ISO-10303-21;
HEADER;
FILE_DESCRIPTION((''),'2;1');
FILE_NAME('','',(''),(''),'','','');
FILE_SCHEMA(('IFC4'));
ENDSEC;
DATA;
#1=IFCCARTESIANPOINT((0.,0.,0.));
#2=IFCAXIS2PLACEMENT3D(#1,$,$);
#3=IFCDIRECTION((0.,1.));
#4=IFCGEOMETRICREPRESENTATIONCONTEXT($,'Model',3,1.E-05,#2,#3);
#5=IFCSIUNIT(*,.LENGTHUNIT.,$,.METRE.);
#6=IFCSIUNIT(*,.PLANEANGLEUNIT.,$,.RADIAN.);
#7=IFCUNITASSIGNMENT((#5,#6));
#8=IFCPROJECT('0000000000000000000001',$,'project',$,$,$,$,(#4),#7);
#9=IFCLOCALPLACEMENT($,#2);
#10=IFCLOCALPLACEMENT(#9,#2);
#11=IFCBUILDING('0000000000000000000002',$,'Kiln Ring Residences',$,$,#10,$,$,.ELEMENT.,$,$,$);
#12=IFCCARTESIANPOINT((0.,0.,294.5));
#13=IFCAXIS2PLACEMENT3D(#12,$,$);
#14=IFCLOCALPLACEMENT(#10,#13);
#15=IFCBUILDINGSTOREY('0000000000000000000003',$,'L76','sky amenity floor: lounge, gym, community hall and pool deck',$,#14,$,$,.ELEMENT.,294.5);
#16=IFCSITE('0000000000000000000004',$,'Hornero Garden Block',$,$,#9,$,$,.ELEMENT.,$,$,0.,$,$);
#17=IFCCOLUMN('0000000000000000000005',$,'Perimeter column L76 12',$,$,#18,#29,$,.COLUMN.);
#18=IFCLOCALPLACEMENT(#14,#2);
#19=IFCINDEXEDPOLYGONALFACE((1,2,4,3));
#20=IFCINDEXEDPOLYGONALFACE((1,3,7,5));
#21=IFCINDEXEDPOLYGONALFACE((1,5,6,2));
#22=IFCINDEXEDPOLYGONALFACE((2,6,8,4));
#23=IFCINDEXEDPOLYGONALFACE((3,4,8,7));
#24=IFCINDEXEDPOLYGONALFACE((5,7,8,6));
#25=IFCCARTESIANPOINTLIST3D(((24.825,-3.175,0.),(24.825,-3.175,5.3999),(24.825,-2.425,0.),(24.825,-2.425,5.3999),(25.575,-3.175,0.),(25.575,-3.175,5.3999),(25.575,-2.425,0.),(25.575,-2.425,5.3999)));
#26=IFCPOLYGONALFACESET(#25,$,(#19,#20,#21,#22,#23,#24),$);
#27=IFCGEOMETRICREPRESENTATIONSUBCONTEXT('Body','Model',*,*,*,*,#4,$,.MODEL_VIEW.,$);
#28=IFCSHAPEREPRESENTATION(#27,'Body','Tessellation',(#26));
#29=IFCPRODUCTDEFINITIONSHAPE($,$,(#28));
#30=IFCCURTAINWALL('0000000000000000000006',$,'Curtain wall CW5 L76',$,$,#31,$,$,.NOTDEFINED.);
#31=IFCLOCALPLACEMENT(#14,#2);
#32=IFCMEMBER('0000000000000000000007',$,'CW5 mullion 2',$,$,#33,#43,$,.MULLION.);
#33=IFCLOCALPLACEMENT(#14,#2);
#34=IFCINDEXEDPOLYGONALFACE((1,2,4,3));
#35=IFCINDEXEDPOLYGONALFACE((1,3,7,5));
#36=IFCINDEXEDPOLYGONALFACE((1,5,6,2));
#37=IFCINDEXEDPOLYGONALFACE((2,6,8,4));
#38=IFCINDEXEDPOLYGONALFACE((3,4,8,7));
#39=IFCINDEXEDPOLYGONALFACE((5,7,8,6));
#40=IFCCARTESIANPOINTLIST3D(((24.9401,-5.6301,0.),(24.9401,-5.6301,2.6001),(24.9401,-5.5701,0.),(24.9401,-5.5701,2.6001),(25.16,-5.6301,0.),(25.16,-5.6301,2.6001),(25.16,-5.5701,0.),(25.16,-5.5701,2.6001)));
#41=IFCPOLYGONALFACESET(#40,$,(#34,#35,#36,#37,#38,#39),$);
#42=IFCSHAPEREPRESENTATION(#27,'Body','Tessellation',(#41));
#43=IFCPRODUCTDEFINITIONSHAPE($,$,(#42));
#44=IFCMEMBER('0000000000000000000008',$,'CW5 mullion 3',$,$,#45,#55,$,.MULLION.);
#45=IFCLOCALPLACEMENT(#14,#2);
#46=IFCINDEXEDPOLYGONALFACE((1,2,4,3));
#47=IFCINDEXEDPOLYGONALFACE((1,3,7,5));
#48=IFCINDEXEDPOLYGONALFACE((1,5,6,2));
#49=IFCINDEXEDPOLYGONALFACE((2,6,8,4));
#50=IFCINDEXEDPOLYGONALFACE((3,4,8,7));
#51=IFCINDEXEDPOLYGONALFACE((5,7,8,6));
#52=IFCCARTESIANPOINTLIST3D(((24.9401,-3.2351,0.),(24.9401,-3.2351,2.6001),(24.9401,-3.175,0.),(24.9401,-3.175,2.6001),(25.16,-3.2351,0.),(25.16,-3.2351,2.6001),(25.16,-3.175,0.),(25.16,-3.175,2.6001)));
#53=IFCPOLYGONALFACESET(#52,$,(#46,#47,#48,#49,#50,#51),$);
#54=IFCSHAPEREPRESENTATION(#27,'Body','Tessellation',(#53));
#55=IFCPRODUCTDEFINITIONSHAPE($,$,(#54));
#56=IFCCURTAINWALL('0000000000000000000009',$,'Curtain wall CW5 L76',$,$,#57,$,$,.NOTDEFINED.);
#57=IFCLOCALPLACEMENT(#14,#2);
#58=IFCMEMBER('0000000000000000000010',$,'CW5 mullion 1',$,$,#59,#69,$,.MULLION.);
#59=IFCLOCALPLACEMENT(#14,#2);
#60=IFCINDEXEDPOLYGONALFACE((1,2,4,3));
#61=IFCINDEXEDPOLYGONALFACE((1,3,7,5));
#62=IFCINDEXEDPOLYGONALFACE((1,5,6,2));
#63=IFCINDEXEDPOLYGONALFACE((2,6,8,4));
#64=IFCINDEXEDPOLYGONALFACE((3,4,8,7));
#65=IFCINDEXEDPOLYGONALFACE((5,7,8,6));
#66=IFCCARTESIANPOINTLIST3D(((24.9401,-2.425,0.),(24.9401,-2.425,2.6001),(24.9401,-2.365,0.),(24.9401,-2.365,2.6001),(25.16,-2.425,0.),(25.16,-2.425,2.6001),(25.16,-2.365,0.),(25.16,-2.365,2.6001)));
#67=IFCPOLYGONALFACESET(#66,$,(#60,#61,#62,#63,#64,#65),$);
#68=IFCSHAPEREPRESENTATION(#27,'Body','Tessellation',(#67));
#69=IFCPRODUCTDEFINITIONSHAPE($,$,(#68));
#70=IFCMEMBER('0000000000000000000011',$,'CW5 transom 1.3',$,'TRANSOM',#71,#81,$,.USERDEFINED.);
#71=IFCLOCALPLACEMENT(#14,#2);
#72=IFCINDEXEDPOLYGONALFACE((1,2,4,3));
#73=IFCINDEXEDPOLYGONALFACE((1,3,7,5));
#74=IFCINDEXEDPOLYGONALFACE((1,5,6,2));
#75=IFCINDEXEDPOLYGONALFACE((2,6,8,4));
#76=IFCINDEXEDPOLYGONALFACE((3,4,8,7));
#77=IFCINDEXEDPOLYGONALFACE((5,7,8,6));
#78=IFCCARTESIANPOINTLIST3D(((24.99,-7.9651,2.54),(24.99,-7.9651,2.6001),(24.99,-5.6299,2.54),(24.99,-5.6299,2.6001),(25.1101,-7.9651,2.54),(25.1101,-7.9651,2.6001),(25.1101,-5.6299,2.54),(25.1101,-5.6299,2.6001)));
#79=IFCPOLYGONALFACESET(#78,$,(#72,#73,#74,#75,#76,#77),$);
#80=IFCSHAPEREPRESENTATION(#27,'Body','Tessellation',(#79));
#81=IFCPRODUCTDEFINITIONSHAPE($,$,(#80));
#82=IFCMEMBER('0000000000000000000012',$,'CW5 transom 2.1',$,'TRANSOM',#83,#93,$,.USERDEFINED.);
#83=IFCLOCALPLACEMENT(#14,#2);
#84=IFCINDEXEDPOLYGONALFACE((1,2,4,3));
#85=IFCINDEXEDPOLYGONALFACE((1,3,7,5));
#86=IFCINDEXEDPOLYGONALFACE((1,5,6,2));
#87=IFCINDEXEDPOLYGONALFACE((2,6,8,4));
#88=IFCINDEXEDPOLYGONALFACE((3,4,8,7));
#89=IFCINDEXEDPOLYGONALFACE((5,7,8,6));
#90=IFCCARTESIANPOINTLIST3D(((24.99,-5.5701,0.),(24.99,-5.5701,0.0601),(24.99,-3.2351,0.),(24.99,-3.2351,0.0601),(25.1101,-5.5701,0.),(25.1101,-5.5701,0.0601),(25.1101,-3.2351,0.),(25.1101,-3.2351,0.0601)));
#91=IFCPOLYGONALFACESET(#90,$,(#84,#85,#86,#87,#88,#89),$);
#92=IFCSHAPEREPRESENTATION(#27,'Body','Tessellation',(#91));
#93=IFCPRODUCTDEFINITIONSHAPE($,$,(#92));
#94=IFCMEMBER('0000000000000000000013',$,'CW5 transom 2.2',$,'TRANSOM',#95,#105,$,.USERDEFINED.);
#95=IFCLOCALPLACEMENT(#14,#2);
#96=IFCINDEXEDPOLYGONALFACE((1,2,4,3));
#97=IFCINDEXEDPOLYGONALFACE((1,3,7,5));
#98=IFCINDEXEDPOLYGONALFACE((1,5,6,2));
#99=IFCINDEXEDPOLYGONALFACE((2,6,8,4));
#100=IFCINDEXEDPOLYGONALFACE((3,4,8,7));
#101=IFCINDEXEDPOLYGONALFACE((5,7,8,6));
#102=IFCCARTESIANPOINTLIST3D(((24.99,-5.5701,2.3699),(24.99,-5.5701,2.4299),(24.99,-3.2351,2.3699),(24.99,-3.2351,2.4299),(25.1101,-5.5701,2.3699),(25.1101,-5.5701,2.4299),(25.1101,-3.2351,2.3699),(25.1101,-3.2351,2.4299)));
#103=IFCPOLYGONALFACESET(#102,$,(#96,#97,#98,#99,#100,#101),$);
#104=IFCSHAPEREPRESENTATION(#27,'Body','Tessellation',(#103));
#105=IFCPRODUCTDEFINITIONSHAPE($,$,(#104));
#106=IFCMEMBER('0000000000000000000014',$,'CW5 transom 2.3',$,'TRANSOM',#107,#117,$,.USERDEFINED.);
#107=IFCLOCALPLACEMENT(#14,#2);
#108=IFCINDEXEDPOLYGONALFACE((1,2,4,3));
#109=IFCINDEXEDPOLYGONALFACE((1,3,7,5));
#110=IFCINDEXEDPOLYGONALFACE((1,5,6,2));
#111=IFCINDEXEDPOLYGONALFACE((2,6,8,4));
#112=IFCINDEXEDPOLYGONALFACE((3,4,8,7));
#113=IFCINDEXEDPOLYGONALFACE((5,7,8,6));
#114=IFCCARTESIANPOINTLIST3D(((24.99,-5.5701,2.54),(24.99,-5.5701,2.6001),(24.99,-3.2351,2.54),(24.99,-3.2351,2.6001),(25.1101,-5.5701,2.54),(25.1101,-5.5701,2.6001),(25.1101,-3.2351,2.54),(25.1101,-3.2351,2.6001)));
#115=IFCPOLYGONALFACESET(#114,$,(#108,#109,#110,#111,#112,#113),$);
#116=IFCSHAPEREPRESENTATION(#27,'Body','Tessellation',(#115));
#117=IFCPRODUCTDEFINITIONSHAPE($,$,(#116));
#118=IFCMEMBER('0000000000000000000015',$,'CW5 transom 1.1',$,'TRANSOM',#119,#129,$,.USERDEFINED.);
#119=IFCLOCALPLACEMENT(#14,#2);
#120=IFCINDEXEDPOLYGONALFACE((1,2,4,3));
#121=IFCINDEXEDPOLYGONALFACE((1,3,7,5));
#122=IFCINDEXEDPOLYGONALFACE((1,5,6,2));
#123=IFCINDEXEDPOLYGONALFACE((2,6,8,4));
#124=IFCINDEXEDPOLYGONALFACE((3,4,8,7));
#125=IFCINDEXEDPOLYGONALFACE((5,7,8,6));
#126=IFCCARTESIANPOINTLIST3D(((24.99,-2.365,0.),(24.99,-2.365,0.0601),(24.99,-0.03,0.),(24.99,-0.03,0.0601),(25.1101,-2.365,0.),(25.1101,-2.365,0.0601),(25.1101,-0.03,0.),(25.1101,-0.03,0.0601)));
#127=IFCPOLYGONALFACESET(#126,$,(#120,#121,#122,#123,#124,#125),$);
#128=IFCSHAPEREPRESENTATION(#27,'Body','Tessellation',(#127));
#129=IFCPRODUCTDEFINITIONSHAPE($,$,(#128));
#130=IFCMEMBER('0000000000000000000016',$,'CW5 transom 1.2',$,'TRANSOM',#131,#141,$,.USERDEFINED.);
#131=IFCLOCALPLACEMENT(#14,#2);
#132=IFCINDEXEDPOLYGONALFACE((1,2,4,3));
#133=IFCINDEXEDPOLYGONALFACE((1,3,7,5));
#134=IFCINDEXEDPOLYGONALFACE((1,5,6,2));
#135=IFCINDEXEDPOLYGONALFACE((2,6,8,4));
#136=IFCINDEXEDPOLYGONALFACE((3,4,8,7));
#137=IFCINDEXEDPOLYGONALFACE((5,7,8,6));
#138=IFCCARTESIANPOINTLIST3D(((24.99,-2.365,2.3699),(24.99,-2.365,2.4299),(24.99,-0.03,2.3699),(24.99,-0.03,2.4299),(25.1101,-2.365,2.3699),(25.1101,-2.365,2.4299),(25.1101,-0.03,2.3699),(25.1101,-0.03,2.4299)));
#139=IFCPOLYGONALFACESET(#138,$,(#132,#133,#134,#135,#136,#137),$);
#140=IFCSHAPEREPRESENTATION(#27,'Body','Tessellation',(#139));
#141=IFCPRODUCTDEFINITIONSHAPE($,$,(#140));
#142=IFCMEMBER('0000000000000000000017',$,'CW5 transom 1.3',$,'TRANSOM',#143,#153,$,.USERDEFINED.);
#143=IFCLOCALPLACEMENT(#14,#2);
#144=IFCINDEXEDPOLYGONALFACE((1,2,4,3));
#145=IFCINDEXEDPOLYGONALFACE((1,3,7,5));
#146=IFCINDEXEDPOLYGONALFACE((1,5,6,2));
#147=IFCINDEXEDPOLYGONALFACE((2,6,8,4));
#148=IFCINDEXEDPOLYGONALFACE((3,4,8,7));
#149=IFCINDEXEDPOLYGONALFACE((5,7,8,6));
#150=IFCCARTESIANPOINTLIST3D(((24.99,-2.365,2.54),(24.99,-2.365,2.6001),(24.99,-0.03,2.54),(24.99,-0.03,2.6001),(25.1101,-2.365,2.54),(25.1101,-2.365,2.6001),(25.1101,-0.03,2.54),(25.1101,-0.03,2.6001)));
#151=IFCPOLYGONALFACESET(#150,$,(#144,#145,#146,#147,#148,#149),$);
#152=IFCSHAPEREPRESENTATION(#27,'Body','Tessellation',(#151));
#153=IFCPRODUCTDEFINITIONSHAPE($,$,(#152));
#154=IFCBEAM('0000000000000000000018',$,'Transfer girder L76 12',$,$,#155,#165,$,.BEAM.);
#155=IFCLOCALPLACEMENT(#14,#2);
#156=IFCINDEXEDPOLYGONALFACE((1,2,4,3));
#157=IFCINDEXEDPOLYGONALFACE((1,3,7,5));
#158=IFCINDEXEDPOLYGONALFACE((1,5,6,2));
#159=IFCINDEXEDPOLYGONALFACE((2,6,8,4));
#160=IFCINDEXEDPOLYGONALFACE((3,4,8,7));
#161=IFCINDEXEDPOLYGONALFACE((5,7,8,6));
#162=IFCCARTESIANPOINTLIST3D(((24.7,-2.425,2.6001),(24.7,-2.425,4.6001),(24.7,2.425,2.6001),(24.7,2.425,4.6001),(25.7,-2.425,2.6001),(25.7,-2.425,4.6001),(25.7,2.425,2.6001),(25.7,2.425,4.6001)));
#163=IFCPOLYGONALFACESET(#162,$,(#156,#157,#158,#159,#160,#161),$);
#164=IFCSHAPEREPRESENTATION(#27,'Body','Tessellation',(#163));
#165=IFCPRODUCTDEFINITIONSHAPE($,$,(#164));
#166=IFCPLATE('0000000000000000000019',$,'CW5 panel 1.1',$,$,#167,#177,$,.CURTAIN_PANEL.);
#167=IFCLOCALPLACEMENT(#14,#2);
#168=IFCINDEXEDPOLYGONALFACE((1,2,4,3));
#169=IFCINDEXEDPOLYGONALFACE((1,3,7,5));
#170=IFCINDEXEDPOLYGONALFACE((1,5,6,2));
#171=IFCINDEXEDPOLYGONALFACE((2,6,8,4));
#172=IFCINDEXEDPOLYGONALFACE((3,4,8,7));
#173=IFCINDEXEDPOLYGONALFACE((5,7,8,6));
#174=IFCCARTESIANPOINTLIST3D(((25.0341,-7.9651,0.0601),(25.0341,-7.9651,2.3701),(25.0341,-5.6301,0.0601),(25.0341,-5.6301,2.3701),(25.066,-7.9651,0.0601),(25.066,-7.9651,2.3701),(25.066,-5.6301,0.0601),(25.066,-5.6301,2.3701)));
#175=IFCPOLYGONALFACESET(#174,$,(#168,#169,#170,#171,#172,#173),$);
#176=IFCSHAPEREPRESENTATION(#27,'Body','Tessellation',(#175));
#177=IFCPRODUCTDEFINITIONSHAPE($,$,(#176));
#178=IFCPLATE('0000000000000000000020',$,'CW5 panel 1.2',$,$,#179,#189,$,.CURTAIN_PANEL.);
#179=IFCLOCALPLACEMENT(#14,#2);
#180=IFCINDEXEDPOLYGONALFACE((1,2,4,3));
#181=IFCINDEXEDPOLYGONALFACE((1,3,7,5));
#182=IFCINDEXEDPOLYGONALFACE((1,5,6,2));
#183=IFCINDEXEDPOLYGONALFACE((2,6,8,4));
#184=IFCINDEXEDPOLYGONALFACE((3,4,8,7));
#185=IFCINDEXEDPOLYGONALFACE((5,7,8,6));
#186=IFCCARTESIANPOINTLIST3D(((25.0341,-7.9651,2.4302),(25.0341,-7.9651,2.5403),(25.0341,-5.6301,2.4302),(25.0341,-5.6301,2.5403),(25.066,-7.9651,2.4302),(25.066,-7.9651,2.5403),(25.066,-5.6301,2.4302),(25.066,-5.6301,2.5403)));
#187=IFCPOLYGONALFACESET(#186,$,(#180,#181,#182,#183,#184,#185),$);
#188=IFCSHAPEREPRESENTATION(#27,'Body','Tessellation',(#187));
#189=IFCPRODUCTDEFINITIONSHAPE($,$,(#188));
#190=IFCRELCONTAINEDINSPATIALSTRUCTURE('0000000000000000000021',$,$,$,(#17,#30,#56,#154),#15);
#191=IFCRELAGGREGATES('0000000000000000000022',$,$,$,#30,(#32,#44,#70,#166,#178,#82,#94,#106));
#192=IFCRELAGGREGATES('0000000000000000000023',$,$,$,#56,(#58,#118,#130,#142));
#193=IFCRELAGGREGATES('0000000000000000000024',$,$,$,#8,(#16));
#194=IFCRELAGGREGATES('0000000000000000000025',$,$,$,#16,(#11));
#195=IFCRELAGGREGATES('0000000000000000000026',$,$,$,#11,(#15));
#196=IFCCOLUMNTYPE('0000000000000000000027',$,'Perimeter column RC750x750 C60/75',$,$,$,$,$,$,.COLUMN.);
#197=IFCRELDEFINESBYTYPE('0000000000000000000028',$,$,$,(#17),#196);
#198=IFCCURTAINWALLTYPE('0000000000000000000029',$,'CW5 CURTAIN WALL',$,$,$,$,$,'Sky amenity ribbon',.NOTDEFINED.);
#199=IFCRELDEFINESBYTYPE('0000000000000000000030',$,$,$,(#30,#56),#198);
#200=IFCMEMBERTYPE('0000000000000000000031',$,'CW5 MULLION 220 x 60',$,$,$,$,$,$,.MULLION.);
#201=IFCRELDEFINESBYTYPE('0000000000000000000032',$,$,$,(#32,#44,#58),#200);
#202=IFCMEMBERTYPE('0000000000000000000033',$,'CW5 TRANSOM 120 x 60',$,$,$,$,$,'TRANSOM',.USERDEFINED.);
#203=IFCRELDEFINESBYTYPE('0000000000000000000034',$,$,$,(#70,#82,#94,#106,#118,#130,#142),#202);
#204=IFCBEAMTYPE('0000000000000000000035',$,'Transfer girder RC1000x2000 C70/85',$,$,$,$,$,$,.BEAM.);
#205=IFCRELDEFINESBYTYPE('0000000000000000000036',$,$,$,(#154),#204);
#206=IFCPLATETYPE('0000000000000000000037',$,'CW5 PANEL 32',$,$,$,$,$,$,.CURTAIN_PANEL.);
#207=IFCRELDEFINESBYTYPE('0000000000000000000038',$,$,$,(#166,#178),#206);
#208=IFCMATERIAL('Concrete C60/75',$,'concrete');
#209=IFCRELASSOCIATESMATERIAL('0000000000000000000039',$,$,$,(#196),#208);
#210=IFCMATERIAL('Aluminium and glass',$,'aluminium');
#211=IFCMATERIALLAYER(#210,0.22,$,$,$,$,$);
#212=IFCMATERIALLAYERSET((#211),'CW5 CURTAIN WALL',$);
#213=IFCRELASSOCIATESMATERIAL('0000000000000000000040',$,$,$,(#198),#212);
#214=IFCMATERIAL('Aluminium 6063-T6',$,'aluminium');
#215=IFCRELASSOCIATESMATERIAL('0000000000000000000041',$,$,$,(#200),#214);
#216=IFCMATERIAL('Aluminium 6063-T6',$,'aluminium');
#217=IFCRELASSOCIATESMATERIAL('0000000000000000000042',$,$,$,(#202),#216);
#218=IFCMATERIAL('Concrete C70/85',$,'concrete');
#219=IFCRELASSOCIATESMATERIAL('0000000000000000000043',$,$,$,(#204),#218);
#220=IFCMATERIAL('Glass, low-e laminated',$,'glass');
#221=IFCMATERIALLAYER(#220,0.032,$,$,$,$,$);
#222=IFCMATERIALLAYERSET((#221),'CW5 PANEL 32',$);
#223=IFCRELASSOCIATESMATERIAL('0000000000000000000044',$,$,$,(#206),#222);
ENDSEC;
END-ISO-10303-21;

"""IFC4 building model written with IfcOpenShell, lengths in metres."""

from ifc_helpers import new_model, si_unit, direction, frame, origin, origin_2d, place, context, subcontext, project, spatial, rectangle, extrude, material, layer, layer_set, material_profile, profile_set, type_object, element, aggregate, save


model = new_model("IFC4")

# Units and contexts
model_context = context("Model", 3, precision=1e-05, world=origin(), true_north=direction((0.0, 1.0)))
body_context = subcontext(model_context, "Body", "Model", "MODEL_VIEW")
ifc_project = project(units=[si_unit("LENGTHUNIT", "METRE"), si_unit("PLANEANGLEUNIT", "RADIAN")], contexts=[model_context])

# Site, building, storey
site_placement = place(None, origin())
site = spatial("IfcSite", under=ifc_project, at=site_placement, Name="Hornero Garden Block", CompositionType="ELEMENT", RefElevation=0.0)
building_placement = place(site_placement, origin())
building = spatial("IfcBuilding", under=site, at=building_placement, Name="Kiln Ring Residences", CompositionType="ELEMENT")
storey_placement = place(building_placement, frame((0.0, 0.0, 294.5)))
storey = spatial("IfcBuildingStorey", under=building, at=storey_placement, Name="L76", Description="sky amenity floor: lounge, gym, community hall and pool deck", CompositionType="ELEMENT", Elevation=294.5)

# Column
ifc_material_1 = material(Name="Concrete C60/75", Category="concrete")
ifc_material_profile_1 = material_profile(ifc_material_1, rectangle(XDim=0.75, YDim=0.75, at=origin_2d()), Name="RC750x750")
ifc_profile_set_1 = profile_set([ifc_material_profile_1], Name="Concrete C60/75")
column_type = type_object("IfcColumnType", Name="Perimeter column RC750x750 C60/75", PredefinedType="COLUMN", material=ifc_profile_set_1)
column_placement = place(storey_placement, frame((25.2, -2.8, 0.0), z_axis=(0.0, 0.0, 1.0), x_axis=(1.0, 0.0, 0.0)))
element("IfcColumn", 1, at=column_placement, inside=storey, type_object=column_type, Name="Perimeter column L76 12", PredefinedType="COLUMN", context=body_context, shape_type="SweptSolid", body=[
    extrude(rectangle(XDim=0.75, YDim=0.75, at=origin_2d()), origin(), (0.0, 0.0, 1.0), 5.3999),
])

# Curtain wall, members
ifc_material_2 = material(Name="Aluminium and glass", Category="aluminium")
ifc_layer_1 = layer(ifc_material_2, 0.22)
ifc_layer_set_1 = layer_set([ifc_layer_1], Name="CW5 CURTAIN WALL")
curtain_wall_type = type_object("IfcCurtainWallType", Name="CW5 CURTAIN WALL", ElementType="Sky amenity ribbon", PredefinedType="NOTDEFINED", material=ifc_layer_set_1)
placement = place(storey_placement, origin())
curtain_wall_1 = element("IfcCurtainWall", 2, at=placement, inside=storey, type_object=curtain_wall_type, Name="Curtain wall CW5 L76", PredefinedType="NOTDEFINED")
ifc_material_3 = material(Name="Aluminium 6063-T6", Category="aluminium")
ifc_material_profile_2 = material_profile(ifc_material_3, rectangle(XDim=0.22, YDim=0.0601, at=origin_2d()), Name="AL 220x60")
ifc_profile_set_2 = profile_set([ifc_material_profile_2], Name="Aluminium 6063-T6")
member_type_1 = type_object("IfcMemberType", Name="CW5 MULLION 220 x 60", PredefinedType="MULLION", material=ifc_profile_set_2)
member_1_placement = place(storey_placement, frame((25.05, -5.6001, 0.0), z_axis=(0.0, 0.0, 1.0), x_axis=(-1.0, 0.0, 0.0)))
member_1 = element("IfcMember", 3, at=member_1_placement, type_object=member_type_1, Name="CW5 mullion 2", PredefinedType="MULLION", context=body_context, shape_type="SweptSolid", body=[
    extrude(rectangle(XDim=0.22, YDim=0.0601, at=origin_2d()), origin(), (0.0, 0.0, 1.0), 2.6001),
])
member_2_placement = place(storey_placement, frame((25.05, -3.2051, 0.0), z_axis=(0.0, 0.0, 1.0), x_axis=(-1.0, 0.0, 0.0)))
member_2 = element("IfcMember", 4, at=member_2_placement, type_object=member_type_1, Name="CW5 mullion 3", PredefinedType="MULLION", context=body_context, shape_type="SweptSolid", body=[
    extrude(rectangle(XDim=0.22, YDim=0.0601, at=origin_2d()), origin(), (0.0, 0.0, 1.0), 2.6001),
])

# Curtain wall, member
curtain_wall_2 = element("IfcCurtainWall", 5, at=placement, inside=storey, type_object=curtain_wall_type, Name="Curtain wall CW5 L76", PredefinedType="NOTDEFINED")
member_3_placement = place(storey_placement, frame((25.05, -2.395, 0.0), z_axis=(0.0, 0.0, 1.0), x_axis=(-1.0, 0.0, 0.0)))
member_3 = element("IfcMember", 6, at=member_3_placement, type_object=member_type_1, Name="CW5 mullion 1", PredefinedType="MULLION", context=body_context, shape_type="SweptSolid", body=[
    extrude(rectangle(XDim=0.22, YDim=0.0601, at=origin_2d()), origin(), (0.0, 0.0, 1.0), 2.6001),
])

# Members
ifc_material_4 = material(Name="Aluminium 6063-T6", Category="aluminium")
ifc_material_profile_3 = material_profile(ifc_material_4, rectangle(XDim=0.1201, YDim=0.0601, at=origin_2d()), Name="AL 120x60")
ifc_profile_set_3 = profile_set([ifc_material_profile_3], Name="Aluminium 6063-T6")
member_type_2 = type_object("IfcMemberType", Name="CW5 TRANSOM 120 x 60", ElementType="TRANSOM", PredefinedType="USERDEFINED", material=ifc_profile_set_3)
member_4_placement = place(storey_placement, frame((25.05, -7.9651, 2.5701), z_axis=(0.0, 1.0, 0.0), x_axis=(-1.0, 0.0, 0.0)))
member_4 = element("IfcMember", 7, at=member_4_placement, type_object=member_type_2, Name="CW5 transom 1.3", ObjectType="TRANSOM", PredefinedType="USERDEFINED", context=body_context, shape_type="SweptSolid", body=[
    extrude(rectangle(XDim=0.1201, YDim=0.0601, at=origin_2d()), origin(), (0.0, 0.0, 1.0), 2.3352),
])
member_5_placement = place(storey_placement, frame((25.05, -5.5701, 0.03), z_axis=(0.0, 1.0, 0.0), x_axis=(-1.0, 0.0, 0.0)))
member_5 = element("IfcMember", 8, at=member_5_placement, type_object=member_type_2, Name="CW5 transom 2.1", ObjectType="TRANSOM", PredefinedType="USERDEFINED", context=body_context, shape_type="SweptSolid", body=[
    extrude(rectangle(XDim=0.1201, YDim=0.0601, at=origin_2d()), origin(), (0.0, 0.0, 1.0), 2.335),
])
member_6_placement = place(storey_placement, frame((25.05, -5.5701, 2.3999), z_axis=(0.0, 1.0, 0.0), x_axis=(-1.0, 0.0, 0.0)))
member_6 = element("IfcMember", 9, at=member_6_placement, type_object=member_type_2, Name="CW5 transom 2.2", ObjectType="TRANSOM", PredefinedType="USERDEFINED", context=body_context, shape_type="SweptSolid", body=[
    extrude(rectangle(XDim=0.1201, YDim=0.0601, at=origin_2d()), origin(), (0.0, 0.0, 1.0), 2.335),
])
member_7_placement = place(storey_placement, frame((25.05, -5.5701, 2.5701), z_axis=(0.0, 1.0, 0.0), x_axis=(-1.0, 0.0, 0.0)))
member_7 = element("IfcMember", 10, at=member_7_placement, type_object=member_type_2, Name="CW5 transom 2.3", ObjectType="TRANSOM", PredefinedType="USERDEFINED", context=body_context, shape_type="SweptSolid", body=[
    extrude(rectangle(XDim=0.1201, YDim=0.0601, at=origin_2d()), origin(), (0.0, 0.0, 1.0), 2.335),
])
member_8_placement = place(storey_placement, frame((25.05, -2.365, 0.03), z_axis=(0.0, 1.0, 0.0), x_axis=(-1.0, 0.0, 0.0)))
member_8 = element("IfcMember", 11, at=member_8_placement, type_object=member_type_2, Name="CW5 transom 1.1", ObjectType="TRANSOM", PredefinedType="USERDEFINED", context=body_context, shape_type="SweptSolid", body=[
    extrude(rectangle(XDim=0.1201, YDim=0.0601, at=origin_2d()), origin(), (0.0, 0.0, 1.0), 2.335),
])
member_9_placement = place(storey_placement, frame((25.05, -2.365, 2.3999), z_axis=(0.0, 1.0, 0.0), x_axis=(-1.0, 0.0, 0.0)))
member_9 = element("IfcMember", 12, at=member_9_placement, type_object=member_type_2, Name="CW5 transom 1.2", ObjectType="TRANSOM", PredefinedType="USERDEFINED", context=body_context, shape_type="SweptSolid", body=[
    extrude(rectangle(XDim=0.1201, YDim=0.0601, at=origin_2d()), origin(), (0.0, 0.0, 1.0), 2.335),
])
member_10_placement = place(storey_placement, frame((25.05, -2.365, 2.5701), z_axis=(0.0, 1.0, 0.0), x_axis=(-1.0, 0.0, 0.0)))
member_10 = element("IfcMember", 13, at=member_10_placement, type_object=member_type_2, Name="CW5 transom 1.3", ObjectType="TRANSOM", PredefinedType="USERDEFINED", context=body_context, shape_type="SweptSolid", body=[
    extrude(rectangle(XDim=0.1201, YDim=0.0601, at=origin_2d()), origin(), (0.0, 0.0, 1.0), 2.335),
])

# Beam
ifc_material_5 = material(Name="Concrete C70/85", Category="concrete")
ifc_material_profile_4 = material_profile(ifc_material_5, rectangle(XDim=1.0, YDim=2.0, at=origin_2d()), Name="RC1000x2000")
ifc_profile_set_4 = profile_set([ifc_material_profile_4], Name="Concrete C70/85")
beam_type = type_object("IfcBeamType", Name="Transfer girder RC1000x2000 C70/85", PredefinedType="BEAM", material=ifc_profile_set_4)
beam_placement = place(storey_placement, frame((25.2, -2.425, 3.6001), z_axis=(0.0, 1.0, 0.0), x_axis=(-1.0, 0.0, 0.0)))
element("IfcBeam", 14, at=beam_placement, inside=storey, type_object=beam_type, Name="Transfer girder L76 12", PredefinedType="BEAM", context=body_context, shape_type="SweptSolid", body=[
    extrude(rectangle(XDim=1.0, YDim=2.0, at=origin_2d()), origin(), (0.0, 0.0, 1.0), 4.8501),
])

# Plates
ifc_material_6 = material(Name="Glass, low-e laminated", Category="glass")
ifc_layer_2 = layer(ifc_material_6, 0.032)
ifc_layer_set_2 = layer_set([ifc_layer_2], Name="CW5 PANEL 32")
plate_type = type_object("IfcPlateType", Name="CW5 PANEL 32", PredefinedType="CURTAIN_PANEL", material=ifc_layer_set_2)
plate_1_placement = place(storey_placement, frame((25.05, -6.7976, 0.0601), z_axis=(0.0, 0.0, 1.0), x_axis=(0.0, 1.0, 0.0)))
plate_1 = element("IfcPlate", 15, at=plate_1_placement, type_object=plate_type, Name="CW5 panel 1.1", PredefinedType="CURTAIN_PANEL", context=body_context, shape_type="SweptSolid", body=[
    extrude(rectangle(XDim=2.335, YDim=0.032, at=origin_2d()), origin(), (0.0, 0.0, 1.0), 2.3101),
])
plate_2_placement = place(storey_placement, frame((25.05, -6.7976, 2.4302), z_axis=(0.0, 0.0, 1.0), x_axis=(0.0, 1.0, 0.0)))
plate_2 = element("IfcPlate", 16, at=plate_2_placement, type_object=plate_type, Name="CW5 panel 1.2", PredefinedType="CURTAIN_PANEL", context=body_context, shape_type="SweptSolid", body=[
    extrude(rectangle(XDim=2.335, YDim=0.032, at=origin_2d()), origin(), (0.0, 0.0, 1.0), 0.1101),
])
aggregate(curtain_wall_1, [member_1, member_2, member_4, plate_1, plate_2, member_5, member_6, member_7])
aggregate(curtain_wall_2, [member_3, member_8, member_9, member_10])

save(model, "model.ifc")
